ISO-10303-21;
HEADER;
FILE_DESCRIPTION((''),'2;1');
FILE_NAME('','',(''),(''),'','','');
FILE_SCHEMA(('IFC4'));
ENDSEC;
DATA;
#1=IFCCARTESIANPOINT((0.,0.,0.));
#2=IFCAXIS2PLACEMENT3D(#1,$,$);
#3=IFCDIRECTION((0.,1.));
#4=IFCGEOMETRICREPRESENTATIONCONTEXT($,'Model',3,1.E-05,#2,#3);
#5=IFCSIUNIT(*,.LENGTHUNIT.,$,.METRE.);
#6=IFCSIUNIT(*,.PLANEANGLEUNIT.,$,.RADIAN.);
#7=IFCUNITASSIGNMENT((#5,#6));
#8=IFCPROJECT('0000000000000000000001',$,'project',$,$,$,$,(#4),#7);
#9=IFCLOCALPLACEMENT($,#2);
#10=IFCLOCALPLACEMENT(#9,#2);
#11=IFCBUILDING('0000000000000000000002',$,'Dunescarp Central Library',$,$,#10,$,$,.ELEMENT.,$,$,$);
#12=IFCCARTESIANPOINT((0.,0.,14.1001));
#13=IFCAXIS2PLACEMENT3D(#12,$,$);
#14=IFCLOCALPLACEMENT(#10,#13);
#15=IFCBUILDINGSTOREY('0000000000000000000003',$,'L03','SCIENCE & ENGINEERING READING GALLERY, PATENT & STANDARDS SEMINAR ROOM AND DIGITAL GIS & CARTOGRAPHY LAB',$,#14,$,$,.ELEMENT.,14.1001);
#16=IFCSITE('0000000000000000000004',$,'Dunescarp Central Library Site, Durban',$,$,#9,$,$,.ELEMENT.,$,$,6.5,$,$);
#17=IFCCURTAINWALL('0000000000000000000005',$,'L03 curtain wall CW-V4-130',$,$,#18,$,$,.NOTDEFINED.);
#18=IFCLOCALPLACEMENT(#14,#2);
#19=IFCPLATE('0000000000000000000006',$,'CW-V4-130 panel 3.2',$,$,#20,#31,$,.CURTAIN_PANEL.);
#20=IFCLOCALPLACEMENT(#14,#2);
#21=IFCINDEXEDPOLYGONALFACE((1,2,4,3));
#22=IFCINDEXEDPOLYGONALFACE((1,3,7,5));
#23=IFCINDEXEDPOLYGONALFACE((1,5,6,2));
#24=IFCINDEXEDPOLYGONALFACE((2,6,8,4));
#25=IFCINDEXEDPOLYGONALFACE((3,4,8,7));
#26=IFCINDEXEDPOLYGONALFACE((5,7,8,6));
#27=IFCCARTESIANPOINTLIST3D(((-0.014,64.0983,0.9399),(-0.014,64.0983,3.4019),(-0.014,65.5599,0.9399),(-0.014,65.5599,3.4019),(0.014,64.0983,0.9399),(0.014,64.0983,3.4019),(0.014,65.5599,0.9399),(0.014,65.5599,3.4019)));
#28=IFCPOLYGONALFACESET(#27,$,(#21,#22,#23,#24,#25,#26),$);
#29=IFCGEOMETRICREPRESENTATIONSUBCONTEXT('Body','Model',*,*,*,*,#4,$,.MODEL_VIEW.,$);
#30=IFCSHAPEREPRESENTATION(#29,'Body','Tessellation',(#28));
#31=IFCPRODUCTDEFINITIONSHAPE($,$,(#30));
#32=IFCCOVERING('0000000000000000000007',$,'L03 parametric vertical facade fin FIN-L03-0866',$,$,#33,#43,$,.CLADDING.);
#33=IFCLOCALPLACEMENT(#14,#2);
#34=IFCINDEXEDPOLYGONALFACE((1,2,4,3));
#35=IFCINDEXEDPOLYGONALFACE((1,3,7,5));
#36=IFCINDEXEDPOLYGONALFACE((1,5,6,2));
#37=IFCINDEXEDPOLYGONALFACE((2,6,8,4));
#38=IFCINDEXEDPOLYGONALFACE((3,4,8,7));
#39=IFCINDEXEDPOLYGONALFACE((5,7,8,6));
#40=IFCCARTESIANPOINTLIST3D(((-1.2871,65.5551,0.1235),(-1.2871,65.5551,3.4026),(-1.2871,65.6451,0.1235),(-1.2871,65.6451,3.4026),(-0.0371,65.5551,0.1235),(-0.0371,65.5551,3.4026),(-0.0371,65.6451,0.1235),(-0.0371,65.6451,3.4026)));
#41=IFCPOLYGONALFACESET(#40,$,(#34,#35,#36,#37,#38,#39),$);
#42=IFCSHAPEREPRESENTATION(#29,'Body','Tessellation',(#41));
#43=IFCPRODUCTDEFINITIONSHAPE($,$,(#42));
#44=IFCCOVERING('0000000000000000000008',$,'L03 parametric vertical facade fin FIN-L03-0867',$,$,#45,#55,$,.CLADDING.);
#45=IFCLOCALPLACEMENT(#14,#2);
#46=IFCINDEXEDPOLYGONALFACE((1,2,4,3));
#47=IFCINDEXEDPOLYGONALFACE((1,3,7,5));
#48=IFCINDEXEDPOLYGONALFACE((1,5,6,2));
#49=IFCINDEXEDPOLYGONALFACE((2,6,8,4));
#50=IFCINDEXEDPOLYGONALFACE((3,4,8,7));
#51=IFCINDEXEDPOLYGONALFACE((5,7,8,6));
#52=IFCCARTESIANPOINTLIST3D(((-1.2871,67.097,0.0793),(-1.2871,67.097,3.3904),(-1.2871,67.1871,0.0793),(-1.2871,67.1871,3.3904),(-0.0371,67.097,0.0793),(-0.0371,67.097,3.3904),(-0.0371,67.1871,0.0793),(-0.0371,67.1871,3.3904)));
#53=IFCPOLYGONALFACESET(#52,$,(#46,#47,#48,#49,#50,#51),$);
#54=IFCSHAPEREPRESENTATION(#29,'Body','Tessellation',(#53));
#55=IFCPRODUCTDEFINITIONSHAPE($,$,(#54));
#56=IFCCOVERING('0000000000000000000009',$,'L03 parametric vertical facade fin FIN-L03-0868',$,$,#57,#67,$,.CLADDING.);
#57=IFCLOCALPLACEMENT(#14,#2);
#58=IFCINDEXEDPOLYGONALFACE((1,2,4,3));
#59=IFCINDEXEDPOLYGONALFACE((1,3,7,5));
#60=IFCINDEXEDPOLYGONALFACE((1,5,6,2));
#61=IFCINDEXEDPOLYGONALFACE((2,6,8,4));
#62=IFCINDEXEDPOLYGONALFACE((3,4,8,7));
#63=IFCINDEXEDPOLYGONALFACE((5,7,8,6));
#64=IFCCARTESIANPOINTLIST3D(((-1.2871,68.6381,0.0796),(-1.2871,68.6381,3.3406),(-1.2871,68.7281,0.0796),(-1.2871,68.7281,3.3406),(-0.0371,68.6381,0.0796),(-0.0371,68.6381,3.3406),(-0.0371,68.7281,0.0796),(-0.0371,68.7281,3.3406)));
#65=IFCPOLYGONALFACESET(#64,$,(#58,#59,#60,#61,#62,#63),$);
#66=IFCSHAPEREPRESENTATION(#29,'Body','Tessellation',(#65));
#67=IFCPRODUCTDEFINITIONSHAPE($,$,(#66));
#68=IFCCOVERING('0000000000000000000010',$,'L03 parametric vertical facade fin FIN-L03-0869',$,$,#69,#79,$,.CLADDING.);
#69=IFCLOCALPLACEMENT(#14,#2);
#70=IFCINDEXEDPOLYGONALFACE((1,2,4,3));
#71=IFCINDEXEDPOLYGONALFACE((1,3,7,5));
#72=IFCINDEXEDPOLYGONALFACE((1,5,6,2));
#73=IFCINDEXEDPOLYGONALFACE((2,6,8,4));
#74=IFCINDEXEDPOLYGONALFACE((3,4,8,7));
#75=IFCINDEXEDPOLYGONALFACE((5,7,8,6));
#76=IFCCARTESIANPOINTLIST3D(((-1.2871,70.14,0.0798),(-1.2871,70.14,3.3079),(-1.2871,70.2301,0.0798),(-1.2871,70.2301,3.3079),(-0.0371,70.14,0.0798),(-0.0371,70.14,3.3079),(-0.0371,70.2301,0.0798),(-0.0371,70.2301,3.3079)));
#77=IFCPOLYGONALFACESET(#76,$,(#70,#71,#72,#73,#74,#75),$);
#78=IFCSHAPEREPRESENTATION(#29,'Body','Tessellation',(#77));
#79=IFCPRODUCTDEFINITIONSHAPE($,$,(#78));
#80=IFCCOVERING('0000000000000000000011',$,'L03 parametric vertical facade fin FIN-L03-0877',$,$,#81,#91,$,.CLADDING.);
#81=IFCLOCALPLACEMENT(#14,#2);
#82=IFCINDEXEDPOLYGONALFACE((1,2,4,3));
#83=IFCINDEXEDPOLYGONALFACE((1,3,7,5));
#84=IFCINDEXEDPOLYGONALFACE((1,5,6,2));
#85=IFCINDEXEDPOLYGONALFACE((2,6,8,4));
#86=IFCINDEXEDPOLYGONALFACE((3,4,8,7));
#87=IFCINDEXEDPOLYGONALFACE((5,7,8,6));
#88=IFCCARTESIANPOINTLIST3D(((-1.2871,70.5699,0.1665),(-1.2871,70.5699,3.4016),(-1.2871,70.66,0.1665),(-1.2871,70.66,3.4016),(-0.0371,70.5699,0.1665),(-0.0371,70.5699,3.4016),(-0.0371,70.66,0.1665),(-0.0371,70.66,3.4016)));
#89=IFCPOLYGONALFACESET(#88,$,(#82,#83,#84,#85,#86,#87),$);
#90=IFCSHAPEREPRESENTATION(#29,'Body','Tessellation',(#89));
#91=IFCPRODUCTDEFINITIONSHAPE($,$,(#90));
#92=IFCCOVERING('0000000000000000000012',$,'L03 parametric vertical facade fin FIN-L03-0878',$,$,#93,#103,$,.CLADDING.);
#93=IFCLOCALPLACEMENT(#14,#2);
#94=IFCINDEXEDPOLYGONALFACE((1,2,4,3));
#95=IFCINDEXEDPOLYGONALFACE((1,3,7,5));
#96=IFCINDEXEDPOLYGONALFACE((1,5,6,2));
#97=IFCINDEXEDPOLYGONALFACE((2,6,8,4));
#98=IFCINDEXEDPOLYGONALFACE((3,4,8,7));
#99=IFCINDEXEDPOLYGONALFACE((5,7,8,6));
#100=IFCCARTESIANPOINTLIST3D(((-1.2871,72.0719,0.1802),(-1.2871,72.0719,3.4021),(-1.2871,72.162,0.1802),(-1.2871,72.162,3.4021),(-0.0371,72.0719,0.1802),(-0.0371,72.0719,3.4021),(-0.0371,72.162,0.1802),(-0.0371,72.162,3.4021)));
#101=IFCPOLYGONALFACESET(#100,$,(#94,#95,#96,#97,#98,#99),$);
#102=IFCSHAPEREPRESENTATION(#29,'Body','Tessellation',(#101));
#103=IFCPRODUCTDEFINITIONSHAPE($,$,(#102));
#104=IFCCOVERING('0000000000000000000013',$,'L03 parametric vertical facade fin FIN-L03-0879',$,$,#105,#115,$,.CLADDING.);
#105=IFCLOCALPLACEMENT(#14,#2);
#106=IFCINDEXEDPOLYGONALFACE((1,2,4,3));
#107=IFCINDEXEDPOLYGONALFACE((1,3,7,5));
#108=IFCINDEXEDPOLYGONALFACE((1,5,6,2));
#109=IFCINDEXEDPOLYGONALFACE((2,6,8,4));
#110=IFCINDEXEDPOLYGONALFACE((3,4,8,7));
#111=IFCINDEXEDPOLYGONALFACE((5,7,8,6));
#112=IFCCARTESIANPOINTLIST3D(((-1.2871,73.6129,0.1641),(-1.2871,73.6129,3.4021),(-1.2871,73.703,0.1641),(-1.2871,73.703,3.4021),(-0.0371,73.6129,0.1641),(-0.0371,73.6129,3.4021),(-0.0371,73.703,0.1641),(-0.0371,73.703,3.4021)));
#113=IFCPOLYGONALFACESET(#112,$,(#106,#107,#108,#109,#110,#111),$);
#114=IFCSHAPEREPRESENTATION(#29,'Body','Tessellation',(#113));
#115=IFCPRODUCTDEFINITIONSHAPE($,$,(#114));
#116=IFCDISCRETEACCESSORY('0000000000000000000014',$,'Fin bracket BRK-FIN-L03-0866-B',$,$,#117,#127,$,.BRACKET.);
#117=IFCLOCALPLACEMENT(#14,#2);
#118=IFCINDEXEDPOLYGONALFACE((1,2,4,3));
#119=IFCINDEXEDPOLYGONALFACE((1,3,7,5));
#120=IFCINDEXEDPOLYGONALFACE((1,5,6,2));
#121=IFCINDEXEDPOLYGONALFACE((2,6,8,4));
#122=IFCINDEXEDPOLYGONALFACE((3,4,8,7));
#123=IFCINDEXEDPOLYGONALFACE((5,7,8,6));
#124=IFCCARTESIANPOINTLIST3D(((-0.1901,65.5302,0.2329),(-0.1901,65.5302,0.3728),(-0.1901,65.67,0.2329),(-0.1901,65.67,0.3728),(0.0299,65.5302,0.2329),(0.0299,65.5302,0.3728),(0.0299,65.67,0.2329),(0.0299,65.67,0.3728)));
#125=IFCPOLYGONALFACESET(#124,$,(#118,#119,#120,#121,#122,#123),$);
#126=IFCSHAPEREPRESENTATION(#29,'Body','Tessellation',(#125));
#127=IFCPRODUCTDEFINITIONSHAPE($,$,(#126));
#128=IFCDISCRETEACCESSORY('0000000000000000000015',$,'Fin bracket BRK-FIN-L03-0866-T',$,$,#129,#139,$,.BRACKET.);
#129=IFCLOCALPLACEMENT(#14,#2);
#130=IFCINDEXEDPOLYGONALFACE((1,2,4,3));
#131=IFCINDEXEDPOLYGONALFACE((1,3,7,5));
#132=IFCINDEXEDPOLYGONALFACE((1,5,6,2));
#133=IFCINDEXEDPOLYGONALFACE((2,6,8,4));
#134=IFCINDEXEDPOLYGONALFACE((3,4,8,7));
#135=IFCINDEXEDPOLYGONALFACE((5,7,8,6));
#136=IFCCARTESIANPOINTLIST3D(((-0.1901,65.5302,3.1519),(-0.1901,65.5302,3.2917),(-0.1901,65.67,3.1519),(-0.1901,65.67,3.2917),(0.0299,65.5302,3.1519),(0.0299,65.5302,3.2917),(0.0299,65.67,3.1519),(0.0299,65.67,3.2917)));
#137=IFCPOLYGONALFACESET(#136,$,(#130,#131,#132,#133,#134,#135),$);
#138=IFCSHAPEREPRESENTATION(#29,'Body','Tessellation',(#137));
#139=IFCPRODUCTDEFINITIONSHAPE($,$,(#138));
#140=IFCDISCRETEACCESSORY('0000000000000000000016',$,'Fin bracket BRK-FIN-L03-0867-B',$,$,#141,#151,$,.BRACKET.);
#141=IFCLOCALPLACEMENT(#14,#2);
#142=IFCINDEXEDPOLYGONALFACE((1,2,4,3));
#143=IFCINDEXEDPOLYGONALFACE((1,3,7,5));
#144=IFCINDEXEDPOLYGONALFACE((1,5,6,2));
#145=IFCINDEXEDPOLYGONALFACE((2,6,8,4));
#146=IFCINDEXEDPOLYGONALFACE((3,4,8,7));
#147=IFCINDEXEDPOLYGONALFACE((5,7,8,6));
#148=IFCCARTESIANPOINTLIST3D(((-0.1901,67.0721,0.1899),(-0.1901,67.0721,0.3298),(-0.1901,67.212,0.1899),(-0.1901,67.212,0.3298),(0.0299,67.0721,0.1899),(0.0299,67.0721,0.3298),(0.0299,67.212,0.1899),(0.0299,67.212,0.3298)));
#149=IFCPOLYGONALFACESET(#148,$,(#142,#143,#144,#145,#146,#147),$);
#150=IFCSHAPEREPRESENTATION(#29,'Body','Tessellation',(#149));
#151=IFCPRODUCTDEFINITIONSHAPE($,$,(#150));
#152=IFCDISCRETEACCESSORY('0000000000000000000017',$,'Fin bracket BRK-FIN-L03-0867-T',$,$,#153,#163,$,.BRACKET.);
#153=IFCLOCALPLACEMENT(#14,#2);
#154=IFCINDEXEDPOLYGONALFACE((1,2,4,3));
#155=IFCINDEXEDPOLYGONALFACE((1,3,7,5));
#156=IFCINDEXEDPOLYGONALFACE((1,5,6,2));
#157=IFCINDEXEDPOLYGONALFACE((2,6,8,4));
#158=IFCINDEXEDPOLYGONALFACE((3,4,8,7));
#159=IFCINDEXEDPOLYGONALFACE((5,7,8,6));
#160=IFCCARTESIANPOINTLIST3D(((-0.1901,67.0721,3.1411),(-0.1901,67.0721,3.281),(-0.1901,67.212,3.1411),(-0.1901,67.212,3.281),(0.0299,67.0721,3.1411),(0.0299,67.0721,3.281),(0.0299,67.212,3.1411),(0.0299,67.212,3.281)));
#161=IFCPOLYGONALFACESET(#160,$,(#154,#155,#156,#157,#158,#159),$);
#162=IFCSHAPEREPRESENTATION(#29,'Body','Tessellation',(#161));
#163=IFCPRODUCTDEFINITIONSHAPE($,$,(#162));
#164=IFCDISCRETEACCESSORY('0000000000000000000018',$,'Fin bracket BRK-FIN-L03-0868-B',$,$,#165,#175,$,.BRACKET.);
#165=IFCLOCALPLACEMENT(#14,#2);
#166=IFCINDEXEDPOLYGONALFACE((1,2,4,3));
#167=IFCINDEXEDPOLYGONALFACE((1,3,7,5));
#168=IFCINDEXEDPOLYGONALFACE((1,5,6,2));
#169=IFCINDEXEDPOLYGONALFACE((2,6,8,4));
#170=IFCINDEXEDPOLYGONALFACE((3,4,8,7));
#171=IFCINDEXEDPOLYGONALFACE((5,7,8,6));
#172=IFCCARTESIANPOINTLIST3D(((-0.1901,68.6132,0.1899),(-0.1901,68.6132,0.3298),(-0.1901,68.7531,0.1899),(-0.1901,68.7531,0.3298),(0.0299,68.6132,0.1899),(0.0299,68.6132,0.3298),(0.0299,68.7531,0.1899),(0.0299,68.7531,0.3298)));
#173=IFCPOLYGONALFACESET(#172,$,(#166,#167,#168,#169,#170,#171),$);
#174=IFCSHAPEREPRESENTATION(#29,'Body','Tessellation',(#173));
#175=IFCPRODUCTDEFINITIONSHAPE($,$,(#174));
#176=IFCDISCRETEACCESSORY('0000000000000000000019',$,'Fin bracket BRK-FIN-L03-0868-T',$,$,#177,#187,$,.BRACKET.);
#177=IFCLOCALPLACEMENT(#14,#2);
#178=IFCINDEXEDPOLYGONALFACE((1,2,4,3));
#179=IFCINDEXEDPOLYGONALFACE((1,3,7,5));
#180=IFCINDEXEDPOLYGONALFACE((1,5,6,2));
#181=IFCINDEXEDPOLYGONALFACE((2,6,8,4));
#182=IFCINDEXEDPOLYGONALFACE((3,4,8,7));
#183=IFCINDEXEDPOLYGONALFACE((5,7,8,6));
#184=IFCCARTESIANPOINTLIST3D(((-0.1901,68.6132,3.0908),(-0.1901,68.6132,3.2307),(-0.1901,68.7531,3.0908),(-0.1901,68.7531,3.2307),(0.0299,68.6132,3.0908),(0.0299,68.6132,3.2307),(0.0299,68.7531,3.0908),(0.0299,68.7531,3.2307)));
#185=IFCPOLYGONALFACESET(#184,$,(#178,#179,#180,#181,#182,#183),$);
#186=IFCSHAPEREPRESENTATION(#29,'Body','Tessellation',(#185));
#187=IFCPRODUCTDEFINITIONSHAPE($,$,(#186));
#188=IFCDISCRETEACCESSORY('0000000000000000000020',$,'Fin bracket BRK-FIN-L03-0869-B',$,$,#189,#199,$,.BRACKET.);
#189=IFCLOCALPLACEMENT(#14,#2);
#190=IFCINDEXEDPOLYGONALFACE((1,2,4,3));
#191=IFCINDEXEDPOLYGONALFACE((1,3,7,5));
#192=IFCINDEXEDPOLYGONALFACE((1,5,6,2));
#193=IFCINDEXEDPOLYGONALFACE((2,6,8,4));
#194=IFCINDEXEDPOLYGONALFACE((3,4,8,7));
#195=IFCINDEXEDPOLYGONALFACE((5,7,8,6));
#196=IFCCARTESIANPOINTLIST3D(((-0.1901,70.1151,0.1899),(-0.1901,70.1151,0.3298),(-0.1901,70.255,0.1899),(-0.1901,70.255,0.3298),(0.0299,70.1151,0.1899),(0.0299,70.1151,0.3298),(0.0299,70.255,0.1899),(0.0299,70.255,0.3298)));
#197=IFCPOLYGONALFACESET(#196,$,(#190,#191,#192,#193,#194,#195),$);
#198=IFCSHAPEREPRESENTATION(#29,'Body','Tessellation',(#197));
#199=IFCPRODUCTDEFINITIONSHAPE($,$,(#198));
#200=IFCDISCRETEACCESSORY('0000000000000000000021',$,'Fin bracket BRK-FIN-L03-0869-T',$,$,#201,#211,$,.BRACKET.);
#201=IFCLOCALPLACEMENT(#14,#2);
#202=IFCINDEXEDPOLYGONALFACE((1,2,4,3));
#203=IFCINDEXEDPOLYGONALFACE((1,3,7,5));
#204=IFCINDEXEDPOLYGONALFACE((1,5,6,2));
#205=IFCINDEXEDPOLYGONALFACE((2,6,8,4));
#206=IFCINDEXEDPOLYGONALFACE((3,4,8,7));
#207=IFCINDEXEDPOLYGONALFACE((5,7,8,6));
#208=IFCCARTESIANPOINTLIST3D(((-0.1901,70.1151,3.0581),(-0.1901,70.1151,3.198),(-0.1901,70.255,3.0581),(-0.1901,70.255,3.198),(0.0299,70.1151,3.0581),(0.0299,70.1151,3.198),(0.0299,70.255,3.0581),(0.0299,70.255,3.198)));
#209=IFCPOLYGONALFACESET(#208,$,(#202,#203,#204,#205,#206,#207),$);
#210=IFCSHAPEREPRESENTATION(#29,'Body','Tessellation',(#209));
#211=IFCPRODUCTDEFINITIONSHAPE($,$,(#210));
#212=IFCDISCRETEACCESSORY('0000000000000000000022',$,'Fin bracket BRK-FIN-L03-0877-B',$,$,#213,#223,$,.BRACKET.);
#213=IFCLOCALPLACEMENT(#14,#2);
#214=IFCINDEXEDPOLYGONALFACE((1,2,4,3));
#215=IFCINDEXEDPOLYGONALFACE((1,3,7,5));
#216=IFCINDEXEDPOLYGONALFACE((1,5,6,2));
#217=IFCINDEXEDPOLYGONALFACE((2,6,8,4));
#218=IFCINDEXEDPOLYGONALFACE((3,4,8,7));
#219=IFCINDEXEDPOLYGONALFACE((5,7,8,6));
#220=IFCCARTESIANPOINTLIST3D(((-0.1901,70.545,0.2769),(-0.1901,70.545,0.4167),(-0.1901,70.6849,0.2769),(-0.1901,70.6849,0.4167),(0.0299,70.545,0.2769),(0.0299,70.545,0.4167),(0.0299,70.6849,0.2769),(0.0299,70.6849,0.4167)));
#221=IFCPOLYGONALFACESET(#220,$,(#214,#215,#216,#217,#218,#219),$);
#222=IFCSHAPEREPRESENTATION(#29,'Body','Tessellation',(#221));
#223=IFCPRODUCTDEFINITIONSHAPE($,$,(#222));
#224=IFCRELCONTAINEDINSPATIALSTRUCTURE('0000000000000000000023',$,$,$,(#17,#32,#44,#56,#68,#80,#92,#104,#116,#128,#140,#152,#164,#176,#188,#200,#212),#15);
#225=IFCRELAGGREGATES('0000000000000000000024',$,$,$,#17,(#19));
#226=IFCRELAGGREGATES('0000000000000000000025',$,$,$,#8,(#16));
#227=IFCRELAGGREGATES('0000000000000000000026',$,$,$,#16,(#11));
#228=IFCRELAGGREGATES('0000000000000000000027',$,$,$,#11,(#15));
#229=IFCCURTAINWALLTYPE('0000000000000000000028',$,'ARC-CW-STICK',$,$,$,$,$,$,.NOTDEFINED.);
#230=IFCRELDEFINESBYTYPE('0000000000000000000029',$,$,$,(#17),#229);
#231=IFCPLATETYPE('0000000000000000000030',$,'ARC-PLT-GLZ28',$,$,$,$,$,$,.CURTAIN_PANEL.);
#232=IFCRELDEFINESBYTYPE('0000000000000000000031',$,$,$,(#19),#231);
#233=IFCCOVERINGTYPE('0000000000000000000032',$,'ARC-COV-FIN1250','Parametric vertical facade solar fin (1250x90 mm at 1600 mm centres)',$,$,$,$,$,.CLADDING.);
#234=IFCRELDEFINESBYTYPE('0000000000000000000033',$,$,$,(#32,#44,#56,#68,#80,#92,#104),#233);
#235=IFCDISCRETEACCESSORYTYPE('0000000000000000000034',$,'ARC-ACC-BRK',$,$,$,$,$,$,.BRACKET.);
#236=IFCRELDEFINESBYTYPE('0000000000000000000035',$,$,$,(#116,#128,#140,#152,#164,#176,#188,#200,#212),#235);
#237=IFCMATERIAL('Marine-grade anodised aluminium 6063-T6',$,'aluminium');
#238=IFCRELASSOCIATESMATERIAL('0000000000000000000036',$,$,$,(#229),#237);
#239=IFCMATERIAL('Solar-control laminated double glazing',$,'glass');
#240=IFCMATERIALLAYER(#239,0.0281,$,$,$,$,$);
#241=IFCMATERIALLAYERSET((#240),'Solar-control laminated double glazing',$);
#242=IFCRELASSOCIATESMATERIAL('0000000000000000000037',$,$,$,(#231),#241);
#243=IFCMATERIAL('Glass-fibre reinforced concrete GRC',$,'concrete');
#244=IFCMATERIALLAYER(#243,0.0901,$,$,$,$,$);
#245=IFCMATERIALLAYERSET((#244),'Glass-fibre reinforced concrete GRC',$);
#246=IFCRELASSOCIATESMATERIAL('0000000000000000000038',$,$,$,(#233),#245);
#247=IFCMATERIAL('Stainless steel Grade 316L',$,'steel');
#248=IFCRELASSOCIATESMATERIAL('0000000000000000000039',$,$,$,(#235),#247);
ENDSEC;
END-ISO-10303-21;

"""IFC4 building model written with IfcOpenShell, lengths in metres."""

from ifc_helpers import new_model, si_unit, direction, frame, origin, origin_2d, place, context, subcontext, project, spatial, rectangle, extrude, material, layer, layer_set, type_object, element, aggregate, save


model = new_model("IFC4")

# Units and contexts
model_context = context("Model", 3, precision=1e-05, world=origin(), true_north=direction((0.0, 1.0)))
body_context = subcontext(model_context, "Body", "Model", "MODEL_VIEW")
ifc_project = project(units=[si_unit("LENGTHUNIT", "METRE"), si_unit("PLANEANGLEUNIT", "RADIAN")], contexts=[model_context])

# Site, building, storey
site_placement = place(None, origin())
site = spatial("IfcSite", under=ifc_project, at=site_placement, Name="Dunescarp Central Library Site, Durban", CompositionType="ELEMENT", RefElevation=6.5)
building_placement = place(site_placement, origin())
building = spatial("IfcBuilding", under=site, at=building_placement, Name="Dunescarp Central Library", CompositionType="ELEMENT")
storey_placement = place(building_placement, frame((0.0, 0.0, 14.1001)))
storey = spatial("IfcBuildingStorey", under=building, at=storey_placement, Name="L03", Description="SCIENCE & ENGINEERING READING GALLERY, PATENT & STANDARDS SEMINAR ROOM AND DIGITAL GIS & CARTOGRAPHY LAB", CompositionType="ELEMENT", Elevation=14.1001)

# Curtain wall, plate
ifc_material_1 = material(Name="Marine-grade anodised aluminium 6063-T6", Category="aluminium")
curtain_wall_type = type_object("IfcCurtainWallType", Name="ARC-CW-STICK", PredefinedType="NOTDEFINED", material=ifc_material_1)
curtain_wall_placement = place(storey_placement, origin())
curtain_wall = element("IfcCurtainWall", 1, at=curtain_wall_placement, inside=storey, type_object=curtain_wall_type, Name="L03 curtain wall CW-V4-130", PredefinedType="NOTDEFINED")
ifc_material_2 = material(Name="Solar-control laminated double glazing", Category="glass")
ifc_layer_1 = layer(ifc_material_2, 0.0281)
ifc_layer_set_1 = layer_set([ifc_layer_1], Name="Solar-control laminated double glazing")
plate_type = type_object("IfcPlateType", Name="ARC-PLT-GLZ28", PredefinedType="CURTAIN_PANEL", material=ifc_layer_set_1)
plate_placement = place(storey_placement, frame((0.0, 64.8291, 0.9399), z_axis=(0.0, 0.0, 1.0), x_axis=(0.0, 1.0, 0.0)))
plate = element("IfcPlate", 2, at=plate_placement, type_object=plate_type, Name="CW-V4-130 panel 3.2", PredefinedType="CURTAIN_PANEL", context=body_context, shape_type="SweptSolid", body=[
    extrude(rectangle(XDim=1.4617, YDim=0.0281, at=origin_2d()), origin(), (0.0, 0.0, 1.0), 2.4619),
])
aggregate(curtain_wall, [plate])

# Coverings
ifc_material_3 = material(Name="Glass-fibre reinforced concrete GRC", Category="concrete")
ifc_layer_2 = layer(ifc_material_3, 0.0901)
ifc_layer_set_2 = layer_set([ifc_layer_2], Name="Glass-fibre reinforced concrete GRC")
covering_type = type_object("IfcCoveringType", Name="ARC-COV-FIN1250", Description="Parametric vertical facade solar fin (1250x90 mm at 1600 mm centres)", PredefinedType="CLADDING", material=ifc_layer_set_2)
covering_1_placement = place(storey_placement, frame((-0.6621, 65.6001, 0.1235), z_axis=(0.0, 0.0, 1.0), x_axis=(-1.0, 0.0, 0.0)))
element("IfcCovering", 3, at=covering_1_placement, inside=storey, type_object=covering_type, Name="L03 parametric vertical facade fin FIN-L03-0866", PredefinedType="CLADDING", context=body_context, shape_type="SweptSolid", body=[
    extrude(rectangle(XDim=1.25, YDim=0.0901, at=origin_2d()), origin(), (0.0, 0.0, 1.0), 3.2791),
])
covering_2_placement = place(storey_placement, frame((-0.6621, 67.1421, 0.0793), z_axis=(0.0, 0.0, 1.0), x_axis=(-1.0, 0.0, 0.0)))
element("IfcCovering", 4, at=covering_2_placement, inside=storey, type_object=covering_type, Name="L03 parametric vertical facade fin FIN-L03-0867", PredefinedType="CLADDING", context=body_context, shape_type="SweptSolid", body=[
    extrude(rectangle(XDim=1.25, YDim=0.0901, at=origin_2d()), origin(), (0.0, 0.0, 1.0), 3.311),
])
covering_3_placement = place(storey_placement, frame((-0.6621, 68.6831, 0.0796), z_axis=(0.0, 0.0, 1.0), x_axis=(-1.0, 0.0, 0.0)))
element("IfcCovering", 5, at=covering_3_placement, inside=storey, type_object=covering_type, Name="L03 parametric vertical facade fin FIN-L03-0868", PredefinedType="CLADDING", context=body_context, shape_type="SweptSolid", body=[
    extrude(rectangle(XDim=1.25, YDim=0.0901, at=origin_2d()), origin(), (0.0, 0.0, 1.0), 3.261),
])
covering_4_placement = place(storey_placement, frame((-0.6621, 70.1851, 0.0798), z_axis=(0.0, 0.0, 1.0), x_axis=(-1.0, 0.0, 0.0)))
element("IfcCovering", 6, at=covering_4_placement, inside=storey, type_object=covering_type, Name="L03 parametric vertical facade fin FIN-L03-0869", PredefinedType="CLADDING", context=body_context, shape_type="SweptSolid", body=[
    extrude(rectangle(XDim=1.25, YDim=0.0901, at=origin_2d()), origin(), (0.0, 0.0, 1.0), 3.228),
])
covering_5_placement = place(storey_placement, frame((-0.6621, 70.615, 0.1665), z_axis=(0.0, 0.0, 1.0), x_axis=(-1.0, 0.0, 0.0)))
element("IfcCovering", 7, at=covering_5_placement, inside=storey, type_object=covering_type, Name="L03 parametric vertical facade fin FIN-L03-0877", PredefinedType="CLADDING", context=body_context, shape_type="SweptSolid", body=[
    extrude(rectangle(XDim=1.25, YDim=0.0901, at=origin_2d()), origin(), (0.0, 0.0, 1.0), 3.2351),
])
covering_6_placement = place(storey_placement, frame((-0.6621, 72.1169, 0.1802), z_axis=(0.0, 0.0, 1.0), x_axis=(-1.0, 0.0, 0.0)))
element("IfcCovering", 8, at=covering_6_placement, inside=storey, type_object=covering_type, Name="L03 parametric vertical facade fin FIN-L03-0878", PredefinedType="CLADDING", context=body_context, shape_type="SweptSolid", body=[
    extrude(rectangle(XDim=1.25, YDim=0.0901, at=origin_2d()), origin(), (0.0, 0.0, 1.0), 3.2219),
])
covering_7_placement = place(storey_placement, frame((-0.6621, 73.658, 0.1641), z_axis=(0.0, 0.0, 1.0), x_axis=(-1.0, 0.0, 0.0)))
element("IfcCovering", 9, at=covering_7_placement, inside=storey, type_object=covering_type, Name="L03 parametric vertical facade fin FIN-L03-0879", PredefinedType="CLADDING", context=body_context, shape_type="SweptSolid", body=[
    extrude(rectangle(XDim=1.25, YDim=0.0901, at=origin_2d()), origin(), (0.0, 0.0, 1.0), 3.238),
])

# Discrete accessories
ifc_material_4 = material(Name="Stainless steel Grade 316L", Category="steel")
discrete_accessory_type = type_object("IfcDiscreteAccessoryType", Name="ARC-ACC-BRK", PredefinedType="BRACKET", material=ifc_material_4)
for number, where, z_axis, x_axis, name in (
    (10, (-0.0801, 65.6001, 0.2329), (0.0, 0.0, 1.0), (-1.0, 0.0, 0.0), "Fin bracket BRK-FIN-L03-0866-B"),
    (11, (-0.0801, 65.6001, 3.1519), (0.0, 0.0, 1.0), (-1.0, 0.0, 0.0), "Fin bracket BRK-FIN-L03-0866-T"),
    (12, (-0.0801, 67.1421, 0.1899), (0.0, 0.0, 1.0), (-1.0, 0.0, 0.0), "Fin bracket BRK-FIN-L03-0867-B"),
    (13, (-0.0801, 67.1421, 3.1411), (0.0, 0.0, 1.0), (-1.0, 0.0, 0.0), "Fin bracket BRK-FIN-L03-0867-T"),
    (14, (-0.0801, 68.6831, 0.1899), (0.0, 0.0, 1.0), (-1.0, 0.0, 0.0), "Fin bracket BRK-FIN-L03-0868-B"),
    (15, (-0.0801, 68.6831, 3.0908), (0.0, 0.0, 1.0), (-1.0, 0.0, 0.0), "Fin bracket BRK-FIN-L03-0868-T"),
    (16, (-0.0801, 70.1851, 0.1899), (0.0, 0.0, 1.0), (-1.0, 0.0, 0.0), "Fin bracket BRK-FIN-L03-0869-B"),
    (17, (-0.0801, 70.1851, 3.0581), (0.0, 0.0, 1.0), (-1.0, 0.0, 0.0), "Fin bracket BRK-FIN-L03-0869-T"),
    (18, (-0.0801, 70.615, 0.2769), (0.0, 0.0, 1.0), (-1.0, 0.0, 0.0), "Fin bracket BRK-FIN-L03-0877-B"),
):
    element("IfcDiscreteAccessory", number, at=place(storey_placement, frame(where, z_axis=z_axis, x_axis=x_axis)), inside=storey, type_object=discrete_accessory_type, Name=name, PredefinedType="BRACKET", context=body_context, shape_type="SweptSolid", body=[
        extrude(rectangle(XDim=0.22, YDim=0.1399, at=origin_2d()), origin(), (0.0, 0.0, 1.0), 0.1399),
    ])

save(model, "model.ifc")
